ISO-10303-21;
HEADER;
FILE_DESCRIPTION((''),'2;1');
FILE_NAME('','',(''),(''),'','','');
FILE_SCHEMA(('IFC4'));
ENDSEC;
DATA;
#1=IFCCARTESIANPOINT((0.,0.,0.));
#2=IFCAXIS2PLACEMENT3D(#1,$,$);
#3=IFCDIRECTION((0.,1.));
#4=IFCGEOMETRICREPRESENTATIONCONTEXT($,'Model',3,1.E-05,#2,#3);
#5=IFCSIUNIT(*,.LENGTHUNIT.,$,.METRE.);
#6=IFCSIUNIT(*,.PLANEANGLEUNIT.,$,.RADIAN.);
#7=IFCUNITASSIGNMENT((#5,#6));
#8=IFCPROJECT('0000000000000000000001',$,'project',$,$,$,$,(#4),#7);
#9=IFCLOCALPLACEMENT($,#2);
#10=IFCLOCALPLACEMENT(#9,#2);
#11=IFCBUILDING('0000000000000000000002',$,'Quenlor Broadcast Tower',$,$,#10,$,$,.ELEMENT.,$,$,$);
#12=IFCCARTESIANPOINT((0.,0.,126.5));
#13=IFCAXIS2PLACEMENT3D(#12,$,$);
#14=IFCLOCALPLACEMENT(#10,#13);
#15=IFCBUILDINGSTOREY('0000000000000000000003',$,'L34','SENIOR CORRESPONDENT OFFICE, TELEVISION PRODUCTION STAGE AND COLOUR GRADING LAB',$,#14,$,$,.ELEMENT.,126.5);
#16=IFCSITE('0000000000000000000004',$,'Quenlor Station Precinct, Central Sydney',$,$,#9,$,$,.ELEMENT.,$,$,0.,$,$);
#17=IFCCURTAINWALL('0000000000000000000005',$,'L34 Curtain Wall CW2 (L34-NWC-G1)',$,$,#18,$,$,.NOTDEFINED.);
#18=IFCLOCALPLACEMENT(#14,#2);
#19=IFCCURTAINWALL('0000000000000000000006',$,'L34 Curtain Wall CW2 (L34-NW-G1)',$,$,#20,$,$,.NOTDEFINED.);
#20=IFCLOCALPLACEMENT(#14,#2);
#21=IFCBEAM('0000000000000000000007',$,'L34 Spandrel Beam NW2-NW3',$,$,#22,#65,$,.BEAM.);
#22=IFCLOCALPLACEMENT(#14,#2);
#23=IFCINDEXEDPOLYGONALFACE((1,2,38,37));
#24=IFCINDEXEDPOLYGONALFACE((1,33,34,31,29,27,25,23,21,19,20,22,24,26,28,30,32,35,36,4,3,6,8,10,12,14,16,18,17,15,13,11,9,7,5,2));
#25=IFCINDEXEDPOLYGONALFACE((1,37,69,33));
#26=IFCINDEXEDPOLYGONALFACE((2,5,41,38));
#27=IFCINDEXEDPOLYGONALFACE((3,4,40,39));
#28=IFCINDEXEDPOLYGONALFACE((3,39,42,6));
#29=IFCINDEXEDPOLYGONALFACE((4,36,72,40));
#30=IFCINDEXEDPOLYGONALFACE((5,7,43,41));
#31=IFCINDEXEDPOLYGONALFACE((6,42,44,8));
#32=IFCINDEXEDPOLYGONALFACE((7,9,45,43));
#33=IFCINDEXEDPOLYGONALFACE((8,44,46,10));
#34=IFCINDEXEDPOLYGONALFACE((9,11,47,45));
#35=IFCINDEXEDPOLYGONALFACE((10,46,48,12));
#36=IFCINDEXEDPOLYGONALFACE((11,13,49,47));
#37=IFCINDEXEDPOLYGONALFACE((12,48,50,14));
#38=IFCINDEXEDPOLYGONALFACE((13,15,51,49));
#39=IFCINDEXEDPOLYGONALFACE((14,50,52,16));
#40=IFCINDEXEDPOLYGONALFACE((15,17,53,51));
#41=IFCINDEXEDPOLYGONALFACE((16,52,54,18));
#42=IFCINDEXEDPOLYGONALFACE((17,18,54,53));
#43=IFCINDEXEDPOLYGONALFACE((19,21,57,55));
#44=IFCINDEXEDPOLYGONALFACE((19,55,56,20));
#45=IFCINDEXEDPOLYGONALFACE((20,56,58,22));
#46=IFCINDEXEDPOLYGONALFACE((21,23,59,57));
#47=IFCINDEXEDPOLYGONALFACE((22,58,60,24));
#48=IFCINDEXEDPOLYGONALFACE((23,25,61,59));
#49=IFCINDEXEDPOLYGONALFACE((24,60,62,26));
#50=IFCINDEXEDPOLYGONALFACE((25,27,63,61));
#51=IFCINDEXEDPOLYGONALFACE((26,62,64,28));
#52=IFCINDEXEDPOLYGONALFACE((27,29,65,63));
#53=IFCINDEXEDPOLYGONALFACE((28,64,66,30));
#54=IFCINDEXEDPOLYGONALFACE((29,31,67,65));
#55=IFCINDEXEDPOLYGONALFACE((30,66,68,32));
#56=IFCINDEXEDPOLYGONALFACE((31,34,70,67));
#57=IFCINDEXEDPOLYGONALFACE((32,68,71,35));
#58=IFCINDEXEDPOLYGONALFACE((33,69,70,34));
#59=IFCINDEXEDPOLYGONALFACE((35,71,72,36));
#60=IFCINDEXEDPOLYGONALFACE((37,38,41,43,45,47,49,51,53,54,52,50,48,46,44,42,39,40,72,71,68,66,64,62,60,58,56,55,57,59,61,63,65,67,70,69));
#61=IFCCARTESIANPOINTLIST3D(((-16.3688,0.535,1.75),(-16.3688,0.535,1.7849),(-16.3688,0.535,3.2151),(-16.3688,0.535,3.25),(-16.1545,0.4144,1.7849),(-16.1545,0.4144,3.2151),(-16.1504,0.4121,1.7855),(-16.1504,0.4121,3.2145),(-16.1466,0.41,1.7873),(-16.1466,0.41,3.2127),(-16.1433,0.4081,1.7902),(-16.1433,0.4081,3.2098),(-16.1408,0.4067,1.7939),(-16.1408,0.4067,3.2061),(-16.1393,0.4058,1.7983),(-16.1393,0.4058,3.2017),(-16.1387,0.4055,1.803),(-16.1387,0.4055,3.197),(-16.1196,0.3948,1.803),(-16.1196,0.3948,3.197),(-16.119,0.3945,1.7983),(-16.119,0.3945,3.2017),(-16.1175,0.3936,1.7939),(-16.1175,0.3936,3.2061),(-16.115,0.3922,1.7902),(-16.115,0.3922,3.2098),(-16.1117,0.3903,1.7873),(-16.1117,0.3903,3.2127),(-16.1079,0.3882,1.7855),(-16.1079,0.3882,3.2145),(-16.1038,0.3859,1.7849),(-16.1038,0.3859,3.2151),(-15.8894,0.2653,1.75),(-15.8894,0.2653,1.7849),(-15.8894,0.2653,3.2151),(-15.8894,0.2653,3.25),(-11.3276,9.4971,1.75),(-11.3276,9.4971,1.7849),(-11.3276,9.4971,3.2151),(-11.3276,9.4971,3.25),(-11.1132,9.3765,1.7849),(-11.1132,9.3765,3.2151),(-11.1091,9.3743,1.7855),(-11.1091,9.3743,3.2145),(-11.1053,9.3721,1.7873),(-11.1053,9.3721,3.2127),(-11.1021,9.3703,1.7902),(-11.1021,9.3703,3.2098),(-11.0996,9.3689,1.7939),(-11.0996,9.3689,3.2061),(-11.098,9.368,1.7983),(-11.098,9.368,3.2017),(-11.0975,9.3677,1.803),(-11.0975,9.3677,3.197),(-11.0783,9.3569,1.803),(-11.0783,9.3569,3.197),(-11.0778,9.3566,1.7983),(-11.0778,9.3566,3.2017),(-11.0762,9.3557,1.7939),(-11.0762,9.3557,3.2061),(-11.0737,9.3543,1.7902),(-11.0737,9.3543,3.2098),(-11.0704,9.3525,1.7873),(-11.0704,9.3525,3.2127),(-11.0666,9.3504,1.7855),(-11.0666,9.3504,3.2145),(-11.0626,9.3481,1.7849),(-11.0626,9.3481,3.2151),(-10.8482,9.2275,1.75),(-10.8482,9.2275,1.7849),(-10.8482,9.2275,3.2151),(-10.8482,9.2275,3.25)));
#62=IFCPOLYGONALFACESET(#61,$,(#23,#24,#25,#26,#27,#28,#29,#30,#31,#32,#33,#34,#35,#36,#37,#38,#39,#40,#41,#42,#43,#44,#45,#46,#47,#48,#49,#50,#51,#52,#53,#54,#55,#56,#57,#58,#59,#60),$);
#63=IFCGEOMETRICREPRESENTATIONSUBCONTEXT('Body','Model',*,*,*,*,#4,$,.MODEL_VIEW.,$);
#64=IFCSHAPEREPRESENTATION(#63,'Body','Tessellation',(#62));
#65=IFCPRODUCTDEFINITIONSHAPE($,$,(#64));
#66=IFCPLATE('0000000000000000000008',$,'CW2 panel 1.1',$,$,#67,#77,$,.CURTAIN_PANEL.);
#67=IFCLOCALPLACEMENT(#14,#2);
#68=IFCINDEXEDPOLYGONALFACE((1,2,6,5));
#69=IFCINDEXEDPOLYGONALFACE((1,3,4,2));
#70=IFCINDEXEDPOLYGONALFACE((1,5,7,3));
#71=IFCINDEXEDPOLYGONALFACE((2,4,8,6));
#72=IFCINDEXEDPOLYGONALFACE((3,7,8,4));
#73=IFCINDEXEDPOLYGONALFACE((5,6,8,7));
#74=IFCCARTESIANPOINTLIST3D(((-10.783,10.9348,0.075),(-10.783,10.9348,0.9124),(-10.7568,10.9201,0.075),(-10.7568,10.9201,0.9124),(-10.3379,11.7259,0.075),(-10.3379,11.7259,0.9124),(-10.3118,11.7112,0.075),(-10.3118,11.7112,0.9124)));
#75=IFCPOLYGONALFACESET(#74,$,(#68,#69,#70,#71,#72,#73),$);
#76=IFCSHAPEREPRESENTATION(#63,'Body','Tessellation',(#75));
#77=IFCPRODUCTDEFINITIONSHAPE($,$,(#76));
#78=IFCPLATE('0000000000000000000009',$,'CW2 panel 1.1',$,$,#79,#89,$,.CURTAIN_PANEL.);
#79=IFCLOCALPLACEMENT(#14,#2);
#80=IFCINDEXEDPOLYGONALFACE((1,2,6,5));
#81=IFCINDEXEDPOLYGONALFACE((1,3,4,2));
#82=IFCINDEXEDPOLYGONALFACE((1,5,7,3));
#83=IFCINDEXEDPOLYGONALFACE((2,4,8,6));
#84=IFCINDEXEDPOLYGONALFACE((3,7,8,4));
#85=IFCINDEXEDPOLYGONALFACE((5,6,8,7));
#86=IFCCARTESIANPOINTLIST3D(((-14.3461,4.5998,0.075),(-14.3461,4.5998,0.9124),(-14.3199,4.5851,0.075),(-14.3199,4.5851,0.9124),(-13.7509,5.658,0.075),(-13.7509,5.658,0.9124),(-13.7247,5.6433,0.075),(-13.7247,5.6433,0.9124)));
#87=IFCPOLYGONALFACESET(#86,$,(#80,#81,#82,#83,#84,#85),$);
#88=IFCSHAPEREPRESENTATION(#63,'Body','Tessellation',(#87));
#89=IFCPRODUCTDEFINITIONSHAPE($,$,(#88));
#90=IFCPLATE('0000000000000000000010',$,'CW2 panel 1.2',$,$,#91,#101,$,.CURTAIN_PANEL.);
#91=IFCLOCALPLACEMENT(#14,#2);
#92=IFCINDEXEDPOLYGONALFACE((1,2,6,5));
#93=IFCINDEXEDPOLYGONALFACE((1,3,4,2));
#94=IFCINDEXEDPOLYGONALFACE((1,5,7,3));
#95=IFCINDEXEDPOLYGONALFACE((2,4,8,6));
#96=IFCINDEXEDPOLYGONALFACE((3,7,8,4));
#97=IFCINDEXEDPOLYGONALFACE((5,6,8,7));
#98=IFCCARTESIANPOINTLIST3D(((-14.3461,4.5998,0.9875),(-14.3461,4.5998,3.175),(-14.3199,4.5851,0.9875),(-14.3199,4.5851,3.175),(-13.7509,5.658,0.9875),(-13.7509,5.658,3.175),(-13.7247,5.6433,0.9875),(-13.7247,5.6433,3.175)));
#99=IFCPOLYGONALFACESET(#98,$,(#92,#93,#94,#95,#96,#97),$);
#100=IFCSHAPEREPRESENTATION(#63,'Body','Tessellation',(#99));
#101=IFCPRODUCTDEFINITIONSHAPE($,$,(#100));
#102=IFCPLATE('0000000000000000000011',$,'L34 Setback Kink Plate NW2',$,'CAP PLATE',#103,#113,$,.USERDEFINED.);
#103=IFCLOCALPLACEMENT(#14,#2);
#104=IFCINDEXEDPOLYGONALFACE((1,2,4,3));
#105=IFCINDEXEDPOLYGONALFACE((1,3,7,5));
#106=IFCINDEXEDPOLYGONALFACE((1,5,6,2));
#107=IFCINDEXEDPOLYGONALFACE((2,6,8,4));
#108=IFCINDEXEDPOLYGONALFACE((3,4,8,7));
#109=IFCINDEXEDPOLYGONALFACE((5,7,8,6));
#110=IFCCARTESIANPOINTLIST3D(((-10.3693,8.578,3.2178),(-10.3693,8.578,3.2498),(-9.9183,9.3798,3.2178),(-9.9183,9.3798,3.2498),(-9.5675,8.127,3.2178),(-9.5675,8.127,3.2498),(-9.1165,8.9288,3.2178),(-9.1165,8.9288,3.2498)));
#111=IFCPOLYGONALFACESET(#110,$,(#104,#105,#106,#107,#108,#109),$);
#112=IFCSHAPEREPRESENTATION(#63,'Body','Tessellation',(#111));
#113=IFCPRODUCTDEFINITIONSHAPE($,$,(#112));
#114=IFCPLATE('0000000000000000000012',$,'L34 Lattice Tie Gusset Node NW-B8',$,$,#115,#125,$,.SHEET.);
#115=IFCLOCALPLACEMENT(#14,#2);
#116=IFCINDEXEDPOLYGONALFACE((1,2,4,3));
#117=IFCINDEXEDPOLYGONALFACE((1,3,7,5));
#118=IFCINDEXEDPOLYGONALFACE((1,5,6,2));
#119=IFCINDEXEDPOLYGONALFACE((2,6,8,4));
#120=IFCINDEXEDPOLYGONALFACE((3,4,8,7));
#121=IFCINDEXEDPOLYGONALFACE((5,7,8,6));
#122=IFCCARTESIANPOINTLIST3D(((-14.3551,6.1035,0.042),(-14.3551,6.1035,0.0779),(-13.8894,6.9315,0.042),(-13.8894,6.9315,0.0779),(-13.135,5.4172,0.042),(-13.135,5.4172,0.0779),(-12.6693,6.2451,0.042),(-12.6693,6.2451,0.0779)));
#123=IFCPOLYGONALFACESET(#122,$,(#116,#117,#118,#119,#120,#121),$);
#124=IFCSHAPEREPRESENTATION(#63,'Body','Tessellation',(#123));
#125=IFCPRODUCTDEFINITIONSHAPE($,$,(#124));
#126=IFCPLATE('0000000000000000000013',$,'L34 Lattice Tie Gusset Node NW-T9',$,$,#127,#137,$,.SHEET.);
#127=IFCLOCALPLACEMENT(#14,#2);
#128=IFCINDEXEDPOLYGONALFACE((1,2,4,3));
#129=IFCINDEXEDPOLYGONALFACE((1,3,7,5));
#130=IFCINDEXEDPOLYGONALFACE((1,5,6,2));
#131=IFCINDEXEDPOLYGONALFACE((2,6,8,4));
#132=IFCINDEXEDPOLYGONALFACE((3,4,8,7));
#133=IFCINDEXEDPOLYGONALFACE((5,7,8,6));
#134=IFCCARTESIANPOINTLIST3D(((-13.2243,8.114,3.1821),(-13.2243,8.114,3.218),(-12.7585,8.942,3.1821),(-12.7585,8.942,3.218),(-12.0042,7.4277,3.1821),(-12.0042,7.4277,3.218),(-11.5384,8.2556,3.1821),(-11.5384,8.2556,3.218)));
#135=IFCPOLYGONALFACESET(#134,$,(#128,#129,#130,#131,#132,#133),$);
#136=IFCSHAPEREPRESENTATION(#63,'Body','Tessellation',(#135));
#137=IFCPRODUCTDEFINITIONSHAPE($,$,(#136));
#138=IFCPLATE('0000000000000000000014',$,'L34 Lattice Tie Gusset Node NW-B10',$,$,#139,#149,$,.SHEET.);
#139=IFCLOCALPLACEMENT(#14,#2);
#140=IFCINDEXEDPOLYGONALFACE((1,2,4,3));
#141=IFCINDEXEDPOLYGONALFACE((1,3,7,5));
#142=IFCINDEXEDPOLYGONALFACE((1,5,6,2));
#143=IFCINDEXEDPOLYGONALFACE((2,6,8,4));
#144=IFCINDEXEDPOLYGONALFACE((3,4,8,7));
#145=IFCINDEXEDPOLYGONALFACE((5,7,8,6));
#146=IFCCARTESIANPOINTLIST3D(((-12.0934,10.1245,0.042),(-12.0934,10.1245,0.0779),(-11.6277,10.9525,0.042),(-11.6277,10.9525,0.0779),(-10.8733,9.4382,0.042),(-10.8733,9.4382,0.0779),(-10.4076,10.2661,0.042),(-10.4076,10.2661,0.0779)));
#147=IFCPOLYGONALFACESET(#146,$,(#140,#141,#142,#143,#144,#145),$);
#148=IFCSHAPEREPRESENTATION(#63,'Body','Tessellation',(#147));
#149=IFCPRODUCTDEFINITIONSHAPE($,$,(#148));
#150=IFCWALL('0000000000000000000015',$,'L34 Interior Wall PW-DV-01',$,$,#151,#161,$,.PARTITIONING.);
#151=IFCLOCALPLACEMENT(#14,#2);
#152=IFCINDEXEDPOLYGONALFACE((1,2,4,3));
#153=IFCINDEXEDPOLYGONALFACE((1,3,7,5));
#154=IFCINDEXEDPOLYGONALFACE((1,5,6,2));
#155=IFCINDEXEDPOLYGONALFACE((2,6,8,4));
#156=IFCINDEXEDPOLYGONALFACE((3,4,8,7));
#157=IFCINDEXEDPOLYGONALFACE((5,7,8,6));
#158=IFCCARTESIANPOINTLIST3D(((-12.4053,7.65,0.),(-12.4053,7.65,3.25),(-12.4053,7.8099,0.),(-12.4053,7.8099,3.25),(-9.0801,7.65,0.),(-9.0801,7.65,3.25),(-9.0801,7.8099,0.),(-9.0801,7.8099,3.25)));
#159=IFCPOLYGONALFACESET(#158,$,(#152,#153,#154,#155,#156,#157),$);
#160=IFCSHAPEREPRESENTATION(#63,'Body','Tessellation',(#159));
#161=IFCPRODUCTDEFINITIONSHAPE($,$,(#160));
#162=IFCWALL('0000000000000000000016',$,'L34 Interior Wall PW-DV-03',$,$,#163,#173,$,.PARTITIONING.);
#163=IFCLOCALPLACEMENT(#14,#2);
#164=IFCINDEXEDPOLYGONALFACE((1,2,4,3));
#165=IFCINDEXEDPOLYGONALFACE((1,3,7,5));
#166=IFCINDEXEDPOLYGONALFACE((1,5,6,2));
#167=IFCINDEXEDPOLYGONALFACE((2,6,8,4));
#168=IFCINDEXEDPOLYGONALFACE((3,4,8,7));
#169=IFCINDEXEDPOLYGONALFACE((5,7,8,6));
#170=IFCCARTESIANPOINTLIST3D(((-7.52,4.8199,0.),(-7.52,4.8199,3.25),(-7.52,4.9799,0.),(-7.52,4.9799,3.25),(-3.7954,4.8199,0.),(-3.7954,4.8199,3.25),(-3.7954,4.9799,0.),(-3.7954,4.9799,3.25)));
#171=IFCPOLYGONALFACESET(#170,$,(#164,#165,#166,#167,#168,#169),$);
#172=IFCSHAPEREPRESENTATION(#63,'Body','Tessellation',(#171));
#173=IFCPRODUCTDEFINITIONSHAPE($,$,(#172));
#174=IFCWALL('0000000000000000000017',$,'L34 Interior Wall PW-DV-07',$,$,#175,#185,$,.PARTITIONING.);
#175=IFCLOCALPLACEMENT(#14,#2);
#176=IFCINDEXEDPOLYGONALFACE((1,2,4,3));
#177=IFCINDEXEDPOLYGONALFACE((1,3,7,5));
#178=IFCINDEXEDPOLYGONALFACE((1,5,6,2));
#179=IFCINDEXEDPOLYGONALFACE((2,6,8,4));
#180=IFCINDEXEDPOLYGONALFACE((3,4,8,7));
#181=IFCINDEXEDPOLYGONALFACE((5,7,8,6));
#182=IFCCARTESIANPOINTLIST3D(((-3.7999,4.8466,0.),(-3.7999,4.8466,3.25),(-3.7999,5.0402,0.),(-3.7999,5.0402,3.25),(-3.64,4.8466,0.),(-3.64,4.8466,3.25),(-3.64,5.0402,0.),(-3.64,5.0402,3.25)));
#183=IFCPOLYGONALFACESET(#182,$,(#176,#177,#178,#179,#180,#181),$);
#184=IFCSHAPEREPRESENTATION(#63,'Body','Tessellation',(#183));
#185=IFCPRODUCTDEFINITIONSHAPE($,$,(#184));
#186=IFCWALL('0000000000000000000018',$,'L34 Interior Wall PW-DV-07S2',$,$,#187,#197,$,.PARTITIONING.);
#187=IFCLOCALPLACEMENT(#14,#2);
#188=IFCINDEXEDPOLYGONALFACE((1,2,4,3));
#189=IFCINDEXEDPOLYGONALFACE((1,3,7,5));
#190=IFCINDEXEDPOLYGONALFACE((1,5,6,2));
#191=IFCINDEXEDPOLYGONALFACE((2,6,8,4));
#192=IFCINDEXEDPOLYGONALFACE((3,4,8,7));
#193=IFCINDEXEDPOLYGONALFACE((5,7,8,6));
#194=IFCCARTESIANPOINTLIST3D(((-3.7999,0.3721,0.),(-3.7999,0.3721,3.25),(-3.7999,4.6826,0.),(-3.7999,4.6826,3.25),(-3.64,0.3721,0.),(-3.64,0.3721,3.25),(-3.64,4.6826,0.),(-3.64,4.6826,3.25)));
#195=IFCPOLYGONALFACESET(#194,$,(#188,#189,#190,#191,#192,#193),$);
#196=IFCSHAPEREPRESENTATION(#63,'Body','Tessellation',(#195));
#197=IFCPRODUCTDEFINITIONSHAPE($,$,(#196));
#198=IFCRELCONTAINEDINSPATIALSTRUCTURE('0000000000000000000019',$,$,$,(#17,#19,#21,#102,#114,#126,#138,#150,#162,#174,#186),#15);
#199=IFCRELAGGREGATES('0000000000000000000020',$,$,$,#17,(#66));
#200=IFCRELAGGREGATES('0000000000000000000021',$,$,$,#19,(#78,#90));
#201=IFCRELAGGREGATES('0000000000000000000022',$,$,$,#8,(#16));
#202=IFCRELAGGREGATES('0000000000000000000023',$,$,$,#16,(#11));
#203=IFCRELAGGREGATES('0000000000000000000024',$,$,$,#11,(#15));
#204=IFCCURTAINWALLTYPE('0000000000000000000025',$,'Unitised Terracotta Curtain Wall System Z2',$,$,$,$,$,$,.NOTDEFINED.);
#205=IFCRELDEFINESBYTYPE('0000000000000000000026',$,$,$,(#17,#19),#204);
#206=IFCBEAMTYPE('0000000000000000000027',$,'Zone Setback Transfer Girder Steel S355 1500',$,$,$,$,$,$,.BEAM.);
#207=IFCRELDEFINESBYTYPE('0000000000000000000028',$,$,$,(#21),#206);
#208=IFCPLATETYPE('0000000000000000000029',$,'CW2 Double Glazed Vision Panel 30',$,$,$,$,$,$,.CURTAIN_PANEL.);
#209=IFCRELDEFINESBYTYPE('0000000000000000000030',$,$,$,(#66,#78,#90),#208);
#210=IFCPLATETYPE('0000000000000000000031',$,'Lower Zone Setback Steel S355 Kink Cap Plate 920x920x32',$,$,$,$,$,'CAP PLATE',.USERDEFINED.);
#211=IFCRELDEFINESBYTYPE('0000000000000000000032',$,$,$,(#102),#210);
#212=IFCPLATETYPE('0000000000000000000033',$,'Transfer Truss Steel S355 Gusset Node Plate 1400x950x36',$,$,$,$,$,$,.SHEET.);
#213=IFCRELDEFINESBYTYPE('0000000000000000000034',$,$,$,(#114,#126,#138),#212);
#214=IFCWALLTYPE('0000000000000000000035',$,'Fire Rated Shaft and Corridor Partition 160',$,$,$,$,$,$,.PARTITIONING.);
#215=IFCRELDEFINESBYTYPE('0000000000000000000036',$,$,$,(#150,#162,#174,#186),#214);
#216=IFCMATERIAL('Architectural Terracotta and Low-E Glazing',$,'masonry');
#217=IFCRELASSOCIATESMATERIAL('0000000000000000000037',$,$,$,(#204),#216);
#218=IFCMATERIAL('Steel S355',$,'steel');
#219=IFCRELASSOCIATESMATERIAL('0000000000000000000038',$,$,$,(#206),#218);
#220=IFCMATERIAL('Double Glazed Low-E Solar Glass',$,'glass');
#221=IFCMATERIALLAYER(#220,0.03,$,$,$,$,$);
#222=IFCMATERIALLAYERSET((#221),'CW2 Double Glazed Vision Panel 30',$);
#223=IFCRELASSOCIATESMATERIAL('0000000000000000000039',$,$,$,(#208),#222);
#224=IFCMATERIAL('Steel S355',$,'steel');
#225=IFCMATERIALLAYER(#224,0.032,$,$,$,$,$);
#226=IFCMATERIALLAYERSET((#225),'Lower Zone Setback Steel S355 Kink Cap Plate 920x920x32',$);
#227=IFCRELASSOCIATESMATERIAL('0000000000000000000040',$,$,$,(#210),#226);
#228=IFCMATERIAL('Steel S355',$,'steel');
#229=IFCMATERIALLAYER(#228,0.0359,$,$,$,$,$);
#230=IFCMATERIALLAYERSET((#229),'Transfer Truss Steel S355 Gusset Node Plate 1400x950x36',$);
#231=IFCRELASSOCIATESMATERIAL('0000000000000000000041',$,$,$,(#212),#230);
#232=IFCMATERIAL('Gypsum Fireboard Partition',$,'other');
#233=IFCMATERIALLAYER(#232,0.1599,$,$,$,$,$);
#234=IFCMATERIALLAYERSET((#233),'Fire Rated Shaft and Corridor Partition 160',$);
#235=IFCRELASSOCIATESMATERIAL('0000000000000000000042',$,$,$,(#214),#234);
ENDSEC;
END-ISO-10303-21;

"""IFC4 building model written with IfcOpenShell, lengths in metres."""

from ifc_helpers import new_model, si_unit, direction, frame, frame_2d, origin, origin_2d, place, context, subcontext, project, spatial, rectangle, i_section, extrude, material, layer, layer_set, material_profile, profile_set, type_object, element, aggregate, save


model = new_model("IFC4")

# Units and contexts
model_context = context("Model", 3, precision=1e-05, world=origin(), true_north=direction((0.0, 1.0)))
body_context = subcontext(model_context, "Body", "Model", "MODEL_VIEW")
ifc_project = project(units=[si_unit("LENGTHUNIT", "METRE"), si_unit("PLANEANGLEUNIT", "RADIAN")], contexts=[model_context])

# Site, building, storey
site_placement = place(None, origin())
site = spatial("IfcSite", under=ifc_project, at=site_placement, Name="Quenlor Station Precinct, Central Sydney", CompositionType="ELEMENT", RefElevation=0.0)
building_placement = place(site_placement, origin())
building = spatial("IfcBuilding", under=site, at=building_placement, Name="Quenlor Broadcast Tower", CompositionType="ELEMENT")
storey_placement = place(building_placement, frame((0.0, 0.0, 126.5)))
storey = spatial("IfcBuildingStorey", under=building, at=storey_placement, Name="L34", Description="SENIOR CORRESPONDENT OFFICE, TELEVISION PRODUCTION STAGE AND COLOUR GRADING LAB", CompositionType="ELEMENT", Elevation=126.5)

# Curtain walls
ifc_material_1 = material(Name="Architectural Terracotta and Low-E Glazing", Category="masonry")
curtain_wall_type = type_object("IfcCurtainWallType", Name="Unitised Terracotta Curtain Wall System Z2", PredefinedType="NOTDEFINED", material=ifc_material_1)
curtain_wall_1_placement = place(storey_placement, origin())
curtain_wall_1 = element("IfcCurtainWall", 1, at=curtain_wall_1_placement, inside=storey, type_object=curtain_wall_type, Name="L34 Curtain Wall CW2 (L34-NWC-G1)", PredefinedType="NOTDEFINED")
curtain_wall_2_placement = place(storey_placement, origin())
curtain_wall_2 = element("IfcCurtainWall", 2, at=curtain_wall_2_placement, inside=storey, type_object=curtain_wall_type, Name="L34 Curtain Wall CW2 (L34-NW-G1)", PredefinedType="NOTDEFINED")

# Beam
ifc_material_2 = material(Name="Steel S355", Category="steel")
ifc_material_profile_1 = material_profile(ifc_material_2, i_section(OverallWidth=0.55, OverallDepth=1.5, WebThickness=0.022, FlangeThickness=0.0349, FilletRadius=0.0181, at=origin_2d()))
ifc_profile_set_1 = profile_set([ifc_material_profile_1], Name="Steel S355 1500TG510")
beam_type_1 = type_object("IfcBeamType", Name="Zone Setback Transfer Girder Steel S355 1500", PredefinedType="BEAM", material=ifc_profile_set_1)
beam_1_placement = place(storey_placement, frame((-11.0879, 9.3623, 2.5), z_axis=(-0.490265, -0.871574, 0.0), x_axis=(0.871574, -0.490265, 0.0)))
element("IfcBeam", 3, at=beam_1_placement, inside=storey, type_object=beam_type_1, Name="L34 Spandrel Beam NW2-NW3", PredefinedType="BEAM", context=body_context, shape_type="SweptSolid", body=[
    extrude(i_section(OverallWidth=0.55, OverallDepth=1.5, WebThickness=0.022, FlangeThickness=0.0349, FilletRadius=0.0181, at=origin_2d()), origin(), (0.0, 0.0, 1.0), 10.2827),
])

# Plates
ifc_material_3 = material(Name="Double Glazed Low-E Solar Glass", Category="glass")
ifc_layer_1 = layer(ifc_material_3, 0.03)
ifc_layer_set_1 = layer_set([ifc_layer_1], Name="CW2 Double Glazed Vision Panel 30")
plate_type_1 = type_object("IfcPlateType", Name="CW2 Double Glazed Vision Panel 30", PredefinedType="CURTAIN_PANEL", material=ifc_layer_set_1)
plate_1_placement = place(storey_placement, frame((-10.5474, 11.323, 0.075), z_axis=(0.0, 0.0, 1.0), x_axis=(0.490252, 0.871581, 0.0)))
plate_1 = element("IfcPlate", 4, at=plate_1_placement, type_object=plate_type_1, Name="CW2 panel 1.1", PredefinedType="CURTAIN_PANEL", context=body_context, shape_type="SweptSolid", body=[
    extrude(rectangle(XDim=0.9077, YDim=0.03, at=origin_2d()), origin(), (0.0, 0.0, 1.0), 0.8374),
])
aggregate(curtain_wall_1, [plate_1])
plate_2_placement = place(storey_placement, frame((-14.0354, 5.1216, 0.075), z_axis=(0.0, 0.0, 1.0), x_axis=(0.490254, 0.871579, 0.0)))
plate_2 = element("IfcPlate", 5, at=plate_2_placement, type_object=plate_type_1, Name="CW2 panel 1.1", PredefinedType="CURTAIN_PANEL", context=body_context, shape_type="SweptSolid", body=[
    extrude(rectangle(XDim=1.2141, YDim=0.03, at=origin_2d()), origin(), (0.0, 0.0, 1.0), 0.8374),
])
plate_3_placement = place(storey_placement, frame((-14.0354, 5.1216, 0.9875), z_axis=(0.0, 0.0, 1.0), x_axis=(0.490254, 0.871579, 0.0)))
plate_3 = element("IfcPlate", 6, at=plate_3_placement, type_object=plate_type_1, Name="CW2 panel 1.2", PredefinedType="CURTAIN_PANEL", context=body_context, shape_type="SweptSolid", body=[
    extrude(rectangle(XDim=1.2141, YDim=0.03, at=origin_2d()), origin(), (0.0, 0.0, 1.0), 2.1875),
])
aggregate(curtain_wall_2, [plate_2, plate_3])

# Plates
ifc_material_4 = material(Name="Steel S355", Category="steel")
ifc_layer_2 = layer(ifc_material_4, 0.032)
ifc_layer_set_2 = layer_set([ifc_layer_2], Name="Lower Zone Setback Steel S355 Kink Cap Plate 920x920x32")
plate_type_2 = type_object("IfcPlateType", Name="Lower Zone Setback Steel S355 Kink Cap Plate 920x920x32", ElementType="CAP PLATE", PredefinedType="USERDEFINED", material=ifc_layer_set_2)
plate_4_placement = place(storey_placement, frame((-9.7429, 8.7534, 3.2178), z_axis=(0.0, 0.0, 1.0), x_axis=(-0.871575, 0.490262, 0.0)))
element("IfcPlate", 7, at=plate_4_placement, inside=storey, type_object=plate_type_2, Name="L34 Setback Kink Plate NW2", ObjectType="CAP PLATE", PredefinedType="USERDEFINED", context=body_context, shape_type="SweptSolid", body=[
    extrude(rectangle(XDim=0.9199, YDim=0.9199, at=origin_2d()), origin(), (0.0, 0.0, 1.0), 0.032),
])
ifc_material_5 = material(Name="Steel S355", Category="steel")
ifc_layer_3 = layer(ifc_material_5, 0.0359)
ifc_layer_set_3 = layer_set([ifc_layer_3], Name="Transfer Truss Steel S355 Gusset Node Plate 1400x950x36")
plate_type_3 = type_object("IfcPlateType", Name="Transfer Truss Steel S355 Gusset Node Plate 1400x950x36", PredefinedType="SHEET", material=ifc_layer_set_3)
for number, where, z_axis, x_axis, name in (
    (8, (-13.5122, 6.1743, 0.042), (0.0, 0.0, 1.0), (-0.871556, 0.490295, 0.0), "L34 Lattice Tie Gusset Node NW-B8"),
    (9, (-12.3813, 8.1848, 3.1821), (0.0, 0.0, 1.0), (-0.871556, 0.490295, 0.0), "L34 Lattice Tie Gusset Node NW-T9"),
    (10, (-11.2505, 10.1953, 0.042), (0.0, 0.0, 1.0), (-0.871556, 0.490295, 0.0), "L34 Lattice Tie Gusset Node NW-B10"),
):
    element("IfcPlate", number, at=place(storey_placement, frame(where, z_axis=z_axis, x_axis=x_axis)), inside=storey, type_object=plate_type_3, Name=name, PredefinedType="SHEET", context=body_context, shape_type="SweptSolid", body=[
        extrude(rectangle(XDim=1.3999, YDim=0.95, at=origin_2d()), origin(), (0.0, 0.0, 1.0), 0.0359),
    ])

# Walls
ifc_material_6 = material(Name="Gypsum Fireboard Partition", Category="other")
ifc_layer_4 = layer(ifc_material_6, 0.1599)
ifc_layer_set_4 = layer_set([ifc_layer_4], Name="Fire Rated Shaft and Corridor Partition 160")
wall_type_1 = type_object("IfcWallType", Name="Fire Rated Shaft and Corridor Partition 160", PredefinedType="PARTITIONING", material=ifc_layer_set_4)
wall_1_placement = place(storey_placement, frame((-9.0801, 7.73, 0.0), z_axis=(0.0, 0.0, 1.0), x_axis=(-1.0, 0.0, 0.0)))
element("IfcWall", 11, at=wall_1_placement, inside=storey, type_object=wall_type_1, Name="L34 Interior Wall PW-DV-01", PredefinedType="PARTITIONING", context=body_context, shape_type="SweptSolid", body=[
    extrude(rectangle(XDim=3.3252, YDim=0.1599, at=frame_2d((1.6626, 0.0))), origin(), (0.0, 0.0, 1.0), 3.25),
])
wall_2_placement = place(storey_placement, frame((-3.7954, 4.8999, 0.0), z_axis=(0.0, 0.0, 1.0), x_axis=(-1.0, 0.0, 0.0)))
element("IfcWall", 12, at=wall_2_placement, inside=storey, type_object=wall_type_1, Name="L34 Interior Wall PW-DV-03", PredefinedType="PARTITIONING", context=body_context, shape_type="SweptSolid", body=[
    extrude(rectangle(XDim=3.7246, YDim=0.1599, at=frame_2d((1.8623, 0.0))), origin(), (0.0, 0.0, 1.0), 3.25),
])
wall_3_placement = place(storey_placement, frame((-3.72, 5.04, 0.0), z_axis=(0.0, 0.0, 1.0), x_axis=(0.0, -1.0, 0.0)))
element("IfcWall", 13, at=wall_3_placement, inside=storey, type_object=wall_type_1, Name="L34 Interior Wall PW-DV-07", PredefinedType="PARTITIONING", context=body_context, shape_type="SweptSolid", body=[
    extrude(rectangle(XDim=0.1936, YDim=0.1599, at=frame_2d((0.0967, 0.0))), origin(), (0.0, 0.0, 1.0), 3.25),
])
wall_4_placement = place(storey_placement, frame((-3.72, 4.6826, 0.0), z_axis=(0.0, 0.0, 1.0), x_axis=(0.0, -1.0, 0.0)))
element("IfcWall", 14, at=wall_4_placement, inside=storey, type_object=wall_type_1, Name="L34 Interior Wall PW-DV-07S2", PredefinedType="PARTITIONING", context=body_context, shape_type="SweptSolid", body=[
    extrude(rectangle(XDim=4.3105, YDim=0.1599, at=frame_2d((2.1553, 0.0))), origin(), (0.0, 0.0, 1.0), 3.25),
])

save(model, "model.ifc")
